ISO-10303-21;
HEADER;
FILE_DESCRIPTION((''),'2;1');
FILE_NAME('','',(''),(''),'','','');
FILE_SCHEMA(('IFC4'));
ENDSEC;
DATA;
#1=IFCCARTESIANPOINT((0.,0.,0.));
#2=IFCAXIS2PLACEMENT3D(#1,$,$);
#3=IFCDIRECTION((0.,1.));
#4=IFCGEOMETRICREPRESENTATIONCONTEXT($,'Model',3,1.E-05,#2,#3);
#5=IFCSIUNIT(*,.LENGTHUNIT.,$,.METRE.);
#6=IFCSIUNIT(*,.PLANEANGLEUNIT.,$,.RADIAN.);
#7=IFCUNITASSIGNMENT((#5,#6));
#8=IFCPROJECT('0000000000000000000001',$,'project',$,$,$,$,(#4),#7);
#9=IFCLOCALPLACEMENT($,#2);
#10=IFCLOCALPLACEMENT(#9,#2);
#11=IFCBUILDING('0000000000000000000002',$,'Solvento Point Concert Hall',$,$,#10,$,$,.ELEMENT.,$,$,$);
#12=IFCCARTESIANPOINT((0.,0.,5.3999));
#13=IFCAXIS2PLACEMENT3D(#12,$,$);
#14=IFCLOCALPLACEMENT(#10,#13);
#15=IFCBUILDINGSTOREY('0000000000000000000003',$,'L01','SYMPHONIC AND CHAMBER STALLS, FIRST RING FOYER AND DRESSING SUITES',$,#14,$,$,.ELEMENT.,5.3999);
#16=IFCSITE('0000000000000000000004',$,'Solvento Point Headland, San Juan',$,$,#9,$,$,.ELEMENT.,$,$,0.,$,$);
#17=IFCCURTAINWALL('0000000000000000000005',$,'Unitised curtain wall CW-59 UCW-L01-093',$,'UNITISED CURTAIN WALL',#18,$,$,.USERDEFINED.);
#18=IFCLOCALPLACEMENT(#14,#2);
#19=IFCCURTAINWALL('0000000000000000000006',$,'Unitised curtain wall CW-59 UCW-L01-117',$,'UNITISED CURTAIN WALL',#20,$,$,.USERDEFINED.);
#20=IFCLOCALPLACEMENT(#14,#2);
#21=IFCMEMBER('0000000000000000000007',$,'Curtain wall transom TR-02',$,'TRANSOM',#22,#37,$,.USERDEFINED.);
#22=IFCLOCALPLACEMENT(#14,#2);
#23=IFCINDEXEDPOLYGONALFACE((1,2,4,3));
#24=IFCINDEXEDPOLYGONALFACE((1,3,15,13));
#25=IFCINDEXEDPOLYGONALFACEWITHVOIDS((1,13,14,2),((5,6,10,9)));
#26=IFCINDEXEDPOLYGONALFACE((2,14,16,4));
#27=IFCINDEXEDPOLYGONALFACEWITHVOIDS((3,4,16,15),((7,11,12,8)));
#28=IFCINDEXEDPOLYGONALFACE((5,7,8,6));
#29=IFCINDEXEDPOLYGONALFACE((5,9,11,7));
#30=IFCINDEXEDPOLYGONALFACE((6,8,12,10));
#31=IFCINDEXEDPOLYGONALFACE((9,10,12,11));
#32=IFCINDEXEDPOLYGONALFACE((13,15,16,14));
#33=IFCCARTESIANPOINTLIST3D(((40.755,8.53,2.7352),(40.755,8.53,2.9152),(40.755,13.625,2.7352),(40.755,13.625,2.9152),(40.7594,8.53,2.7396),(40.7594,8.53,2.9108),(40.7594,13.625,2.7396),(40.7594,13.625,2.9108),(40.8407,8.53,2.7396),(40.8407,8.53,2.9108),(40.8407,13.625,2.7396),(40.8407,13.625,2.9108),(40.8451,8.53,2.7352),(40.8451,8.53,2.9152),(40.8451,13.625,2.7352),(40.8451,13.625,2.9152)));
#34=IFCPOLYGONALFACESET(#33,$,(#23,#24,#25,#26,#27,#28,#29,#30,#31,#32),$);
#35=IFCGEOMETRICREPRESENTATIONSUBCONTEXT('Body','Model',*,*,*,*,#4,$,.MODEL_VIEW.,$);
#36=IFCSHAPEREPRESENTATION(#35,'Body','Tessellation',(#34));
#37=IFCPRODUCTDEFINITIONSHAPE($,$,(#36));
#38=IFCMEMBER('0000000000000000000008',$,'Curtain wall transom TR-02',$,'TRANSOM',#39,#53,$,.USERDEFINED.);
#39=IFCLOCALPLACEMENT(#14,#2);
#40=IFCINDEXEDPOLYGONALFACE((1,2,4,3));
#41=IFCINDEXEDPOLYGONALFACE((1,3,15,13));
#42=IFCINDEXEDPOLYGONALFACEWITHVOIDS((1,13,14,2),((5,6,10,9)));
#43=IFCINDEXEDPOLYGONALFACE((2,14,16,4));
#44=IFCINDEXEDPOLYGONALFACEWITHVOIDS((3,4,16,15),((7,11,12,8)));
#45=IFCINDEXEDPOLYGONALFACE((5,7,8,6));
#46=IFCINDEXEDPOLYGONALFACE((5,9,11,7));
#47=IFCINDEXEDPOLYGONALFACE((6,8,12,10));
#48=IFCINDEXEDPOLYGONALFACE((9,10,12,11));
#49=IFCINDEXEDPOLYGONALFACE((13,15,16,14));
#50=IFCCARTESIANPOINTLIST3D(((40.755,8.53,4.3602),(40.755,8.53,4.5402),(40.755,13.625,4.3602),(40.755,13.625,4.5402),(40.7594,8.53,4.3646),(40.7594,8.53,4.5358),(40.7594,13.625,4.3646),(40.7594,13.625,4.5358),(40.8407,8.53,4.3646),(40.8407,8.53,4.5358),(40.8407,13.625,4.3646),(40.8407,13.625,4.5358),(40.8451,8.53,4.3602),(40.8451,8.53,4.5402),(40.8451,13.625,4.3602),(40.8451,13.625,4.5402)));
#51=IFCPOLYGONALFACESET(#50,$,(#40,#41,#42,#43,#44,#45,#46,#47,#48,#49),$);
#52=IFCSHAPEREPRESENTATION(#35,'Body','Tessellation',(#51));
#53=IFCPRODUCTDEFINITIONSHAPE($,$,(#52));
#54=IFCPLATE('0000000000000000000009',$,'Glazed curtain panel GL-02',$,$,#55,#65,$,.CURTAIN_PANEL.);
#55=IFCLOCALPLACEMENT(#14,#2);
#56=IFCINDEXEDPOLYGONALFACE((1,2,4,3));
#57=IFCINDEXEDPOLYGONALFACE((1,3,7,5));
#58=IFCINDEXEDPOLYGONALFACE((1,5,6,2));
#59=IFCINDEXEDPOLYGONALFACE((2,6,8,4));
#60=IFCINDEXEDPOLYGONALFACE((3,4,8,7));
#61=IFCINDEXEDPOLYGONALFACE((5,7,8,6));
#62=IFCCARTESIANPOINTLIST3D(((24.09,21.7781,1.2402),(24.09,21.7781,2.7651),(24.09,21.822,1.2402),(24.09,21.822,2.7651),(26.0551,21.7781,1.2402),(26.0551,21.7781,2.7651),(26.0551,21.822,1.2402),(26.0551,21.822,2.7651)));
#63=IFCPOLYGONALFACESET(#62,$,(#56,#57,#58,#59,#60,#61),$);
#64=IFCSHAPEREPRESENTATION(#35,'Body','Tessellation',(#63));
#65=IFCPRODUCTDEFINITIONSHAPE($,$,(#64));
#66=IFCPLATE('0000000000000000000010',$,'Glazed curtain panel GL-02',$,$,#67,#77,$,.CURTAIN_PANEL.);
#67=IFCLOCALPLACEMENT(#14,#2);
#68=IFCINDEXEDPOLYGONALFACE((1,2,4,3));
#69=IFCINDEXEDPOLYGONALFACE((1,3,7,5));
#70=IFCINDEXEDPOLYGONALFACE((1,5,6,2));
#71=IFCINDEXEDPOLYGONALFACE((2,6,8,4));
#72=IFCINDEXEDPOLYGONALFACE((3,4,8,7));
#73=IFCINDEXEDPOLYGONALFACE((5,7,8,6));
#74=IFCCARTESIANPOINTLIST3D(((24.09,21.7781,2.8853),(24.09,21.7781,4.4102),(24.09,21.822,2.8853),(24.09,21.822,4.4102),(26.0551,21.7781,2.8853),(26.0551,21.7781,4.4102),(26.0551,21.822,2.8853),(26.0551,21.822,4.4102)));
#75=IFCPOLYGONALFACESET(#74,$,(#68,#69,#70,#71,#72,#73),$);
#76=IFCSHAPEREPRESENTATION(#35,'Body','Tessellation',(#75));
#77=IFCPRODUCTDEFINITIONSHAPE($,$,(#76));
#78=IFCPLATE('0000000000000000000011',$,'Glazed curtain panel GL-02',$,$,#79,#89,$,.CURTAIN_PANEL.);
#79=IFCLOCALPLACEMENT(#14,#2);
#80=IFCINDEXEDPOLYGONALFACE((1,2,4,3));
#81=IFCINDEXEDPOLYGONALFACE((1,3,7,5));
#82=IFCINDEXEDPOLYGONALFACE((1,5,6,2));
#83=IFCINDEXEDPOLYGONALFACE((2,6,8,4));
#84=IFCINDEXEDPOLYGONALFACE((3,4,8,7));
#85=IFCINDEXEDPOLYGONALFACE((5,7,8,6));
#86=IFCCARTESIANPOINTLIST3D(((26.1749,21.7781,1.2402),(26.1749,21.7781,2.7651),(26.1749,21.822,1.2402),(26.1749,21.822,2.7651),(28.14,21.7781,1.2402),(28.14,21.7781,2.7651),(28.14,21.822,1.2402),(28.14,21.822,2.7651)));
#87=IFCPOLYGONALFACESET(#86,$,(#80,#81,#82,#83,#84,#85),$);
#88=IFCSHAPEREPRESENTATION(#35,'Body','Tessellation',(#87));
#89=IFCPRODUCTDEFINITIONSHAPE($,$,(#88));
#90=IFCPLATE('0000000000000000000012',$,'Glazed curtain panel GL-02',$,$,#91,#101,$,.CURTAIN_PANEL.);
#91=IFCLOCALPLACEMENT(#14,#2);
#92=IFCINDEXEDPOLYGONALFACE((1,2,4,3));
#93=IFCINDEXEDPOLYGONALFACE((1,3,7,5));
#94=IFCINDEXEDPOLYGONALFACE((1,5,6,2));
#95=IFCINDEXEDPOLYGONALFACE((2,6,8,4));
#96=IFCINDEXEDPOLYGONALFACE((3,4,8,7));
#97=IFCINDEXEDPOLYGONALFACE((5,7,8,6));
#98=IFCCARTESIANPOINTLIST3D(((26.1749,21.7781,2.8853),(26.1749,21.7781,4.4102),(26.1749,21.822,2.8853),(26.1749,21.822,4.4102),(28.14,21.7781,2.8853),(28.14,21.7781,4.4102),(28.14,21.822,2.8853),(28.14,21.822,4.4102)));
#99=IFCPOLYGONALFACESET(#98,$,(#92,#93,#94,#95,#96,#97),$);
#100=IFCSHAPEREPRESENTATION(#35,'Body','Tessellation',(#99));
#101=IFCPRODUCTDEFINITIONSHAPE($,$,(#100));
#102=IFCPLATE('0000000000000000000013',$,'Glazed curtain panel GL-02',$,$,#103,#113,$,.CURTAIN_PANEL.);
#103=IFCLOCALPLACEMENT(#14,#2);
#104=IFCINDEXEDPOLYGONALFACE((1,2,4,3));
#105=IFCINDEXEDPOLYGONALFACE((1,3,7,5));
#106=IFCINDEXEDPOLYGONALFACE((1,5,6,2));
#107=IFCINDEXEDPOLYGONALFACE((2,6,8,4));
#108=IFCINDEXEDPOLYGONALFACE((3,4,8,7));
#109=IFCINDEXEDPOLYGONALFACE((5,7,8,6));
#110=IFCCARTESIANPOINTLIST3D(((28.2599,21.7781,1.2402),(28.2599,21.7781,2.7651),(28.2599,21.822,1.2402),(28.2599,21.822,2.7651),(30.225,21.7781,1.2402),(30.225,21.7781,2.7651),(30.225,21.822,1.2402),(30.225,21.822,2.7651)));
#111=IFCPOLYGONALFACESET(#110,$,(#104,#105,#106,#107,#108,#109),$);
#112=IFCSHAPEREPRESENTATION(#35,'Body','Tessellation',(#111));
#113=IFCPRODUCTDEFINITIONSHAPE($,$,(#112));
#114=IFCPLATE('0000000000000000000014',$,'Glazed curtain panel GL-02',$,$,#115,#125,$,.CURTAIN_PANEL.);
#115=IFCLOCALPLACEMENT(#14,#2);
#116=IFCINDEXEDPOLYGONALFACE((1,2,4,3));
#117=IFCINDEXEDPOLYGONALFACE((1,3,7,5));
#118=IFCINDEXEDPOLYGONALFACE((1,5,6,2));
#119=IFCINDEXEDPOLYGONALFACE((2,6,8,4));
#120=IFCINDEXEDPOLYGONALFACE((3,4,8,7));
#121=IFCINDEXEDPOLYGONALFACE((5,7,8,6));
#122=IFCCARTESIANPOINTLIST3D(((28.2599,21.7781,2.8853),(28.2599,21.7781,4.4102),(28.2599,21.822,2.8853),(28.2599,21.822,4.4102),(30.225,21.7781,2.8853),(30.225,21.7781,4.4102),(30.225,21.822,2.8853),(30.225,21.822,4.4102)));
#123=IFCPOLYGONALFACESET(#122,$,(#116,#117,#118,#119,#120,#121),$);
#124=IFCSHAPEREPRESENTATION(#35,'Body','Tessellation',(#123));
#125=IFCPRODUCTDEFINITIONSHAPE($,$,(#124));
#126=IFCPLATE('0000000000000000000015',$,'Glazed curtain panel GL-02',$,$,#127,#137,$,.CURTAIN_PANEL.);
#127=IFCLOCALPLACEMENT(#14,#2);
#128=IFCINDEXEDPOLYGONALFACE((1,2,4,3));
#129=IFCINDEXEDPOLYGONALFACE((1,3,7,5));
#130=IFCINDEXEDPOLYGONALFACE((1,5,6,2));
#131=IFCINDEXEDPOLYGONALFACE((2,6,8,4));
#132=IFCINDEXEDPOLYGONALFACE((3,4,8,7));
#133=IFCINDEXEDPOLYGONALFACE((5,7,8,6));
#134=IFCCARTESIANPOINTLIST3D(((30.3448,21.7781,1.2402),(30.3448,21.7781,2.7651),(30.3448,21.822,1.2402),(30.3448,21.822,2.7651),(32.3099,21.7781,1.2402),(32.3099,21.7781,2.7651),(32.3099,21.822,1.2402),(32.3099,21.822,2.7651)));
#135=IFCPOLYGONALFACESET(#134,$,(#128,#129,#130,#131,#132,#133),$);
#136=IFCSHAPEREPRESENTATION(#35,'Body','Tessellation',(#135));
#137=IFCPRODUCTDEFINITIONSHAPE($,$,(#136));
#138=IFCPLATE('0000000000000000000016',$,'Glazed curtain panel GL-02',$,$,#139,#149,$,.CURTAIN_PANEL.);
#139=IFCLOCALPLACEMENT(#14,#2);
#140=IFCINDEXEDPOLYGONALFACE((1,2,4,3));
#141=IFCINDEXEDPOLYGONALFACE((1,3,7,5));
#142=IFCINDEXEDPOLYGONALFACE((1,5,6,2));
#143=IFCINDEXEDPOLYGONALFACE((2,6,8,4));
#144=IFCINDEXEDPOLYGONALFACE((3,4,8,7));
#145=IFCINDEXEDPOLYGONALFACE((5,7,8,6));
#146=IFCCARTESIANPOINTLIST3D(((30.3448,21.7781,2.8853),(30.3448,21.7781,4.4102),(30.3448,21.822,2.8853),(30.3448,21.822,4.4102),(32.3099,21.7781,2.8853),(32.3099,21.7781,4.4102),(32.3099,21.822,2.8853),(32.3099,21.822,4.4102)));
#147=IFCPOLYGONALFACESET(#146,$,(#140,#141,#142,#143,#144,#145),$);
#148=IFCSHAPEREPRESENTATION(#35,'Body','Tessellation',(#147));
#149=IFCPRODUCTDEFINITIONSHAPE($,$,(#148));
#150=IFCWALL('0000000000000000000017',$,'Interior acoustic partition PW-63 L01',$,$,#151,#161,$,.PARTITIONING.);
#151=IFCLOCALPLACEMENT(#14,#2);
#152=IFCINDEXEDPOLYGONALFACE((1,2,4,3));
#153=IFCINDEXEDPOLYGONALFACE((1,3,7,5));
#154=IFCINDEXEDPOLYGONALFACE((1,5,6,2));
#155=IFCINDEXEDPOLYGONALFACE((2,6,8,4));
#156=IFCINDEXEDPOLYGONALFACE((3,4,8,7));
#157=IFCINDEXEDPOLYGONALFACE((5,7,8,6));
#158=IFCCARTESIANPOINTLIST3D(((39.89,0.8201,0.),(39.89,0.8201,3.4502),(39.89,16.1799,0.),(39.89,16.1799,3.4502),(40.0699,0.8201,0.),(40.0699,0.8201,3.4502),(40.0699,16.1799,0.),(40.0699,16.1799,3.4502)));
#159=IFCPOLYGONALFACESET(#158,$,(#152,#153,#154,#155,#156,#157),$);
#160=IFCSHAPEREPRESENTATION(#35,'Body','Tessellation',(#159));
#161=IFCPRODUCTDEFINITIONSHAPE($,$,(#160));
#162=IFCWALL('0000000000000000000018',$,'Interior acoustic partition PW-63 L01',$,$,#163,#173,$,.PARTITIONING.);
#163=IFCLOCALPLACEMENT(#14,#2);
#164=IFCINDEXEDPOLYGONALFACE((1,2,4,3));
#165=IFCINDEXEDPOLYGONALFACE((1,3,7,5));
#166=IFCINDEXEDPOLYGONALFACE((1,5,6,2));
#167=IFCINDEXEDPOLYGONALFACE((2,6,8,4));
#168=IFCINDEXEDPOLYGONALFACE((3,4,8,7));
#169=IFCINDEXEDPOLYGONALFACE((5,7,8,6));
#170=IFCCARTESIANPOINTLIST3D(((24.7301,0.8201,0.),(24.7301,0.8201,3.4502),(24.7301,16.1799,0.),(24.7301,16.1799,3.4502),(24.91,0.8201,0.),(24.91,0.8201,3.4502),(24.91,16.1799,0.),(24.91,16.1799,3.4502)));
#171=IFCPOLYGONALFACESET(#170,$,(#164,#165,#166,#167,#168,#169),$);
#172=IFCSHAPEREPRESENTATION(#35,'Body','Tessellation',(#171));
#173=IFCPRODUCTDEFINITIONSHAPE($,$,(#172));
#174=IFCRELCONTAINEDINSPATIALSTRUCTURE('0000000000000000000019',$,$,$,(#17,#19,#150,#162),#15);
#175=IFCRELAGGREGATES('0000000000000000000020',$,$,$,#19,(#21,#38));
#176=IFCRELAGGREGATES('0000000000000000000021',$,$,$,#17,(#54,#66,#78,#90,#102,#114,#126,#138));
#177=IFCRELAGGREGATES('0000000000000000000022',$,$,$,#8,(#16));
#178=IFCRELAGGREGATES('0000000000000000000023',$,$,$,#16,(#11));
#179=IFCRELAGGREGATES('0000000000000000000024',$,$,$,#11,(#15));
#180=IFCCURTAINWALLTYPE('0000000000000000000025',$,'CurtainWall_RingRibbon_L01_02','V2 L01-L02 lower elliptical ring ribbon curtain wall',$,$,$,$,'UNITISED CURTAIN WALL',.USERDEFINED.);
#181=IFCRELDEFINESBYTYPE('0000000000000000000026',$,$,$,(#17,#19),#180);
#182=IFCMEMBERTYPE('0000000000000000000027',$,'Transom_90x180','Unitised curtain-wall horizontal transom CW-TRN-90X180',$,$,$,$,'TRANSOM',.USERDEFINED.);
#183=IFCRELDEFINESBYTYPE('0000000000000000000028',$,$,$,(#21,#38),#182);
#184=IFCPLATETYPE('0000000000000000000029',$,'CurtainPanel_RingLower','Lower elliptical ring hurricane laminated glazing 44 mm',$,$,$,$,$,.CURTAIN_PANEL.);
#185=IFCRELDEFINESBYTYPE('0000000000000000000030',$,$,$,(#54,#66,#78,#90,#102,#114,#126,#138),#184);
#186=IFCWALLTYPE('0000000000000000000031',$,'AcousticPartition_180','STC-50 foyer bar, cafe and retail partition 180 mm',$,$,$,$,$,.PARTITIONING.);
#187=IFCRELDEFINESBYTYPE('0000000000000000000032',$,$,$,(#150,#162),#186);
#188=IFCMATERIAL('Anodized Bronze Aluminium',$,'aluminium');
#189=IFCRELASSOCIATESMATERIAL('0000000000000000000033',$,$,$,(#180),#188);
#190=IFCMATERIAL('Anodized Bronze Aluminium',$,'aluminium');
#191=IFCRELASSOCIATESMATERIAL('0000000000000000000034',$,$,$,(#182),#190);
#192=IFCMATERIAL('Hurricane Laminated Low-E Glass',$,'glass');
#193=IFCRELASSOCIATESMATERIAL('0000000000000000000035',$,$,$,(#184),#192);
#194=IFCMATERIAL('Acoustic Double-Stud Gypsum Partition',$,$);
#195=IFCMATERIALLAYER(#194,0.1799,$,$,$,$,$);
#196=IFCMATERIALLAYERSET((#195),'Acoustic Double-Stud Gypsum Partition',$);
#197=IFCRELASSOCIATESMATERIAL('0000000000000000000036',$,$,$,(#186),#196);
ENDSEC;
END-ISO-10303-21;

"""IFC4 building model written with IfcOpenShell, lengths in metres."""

from ifc_helpers import new_model, si_unit, direction, frame, frame_2d, origin, origin_2d, place, context, subcontext, project, spatial, rectangle, hollow_rectangle, extrude, material, layer, layer_set, material_profile, profile_set, type_object, element, aggregate, save


model = new_model("IFC4")

# Units and contexts
model_context = context("Model", 3, precision=1e-05, world=origin(), true_north=direction((0.0, 1.0)))
body_context = subcontext(model_context, "Body", "Model", "MODEL_VIEW")
ifc_project = project(units=[si_unit("LENGTHUNIT", "METRE"), si_unit("PLANEANGLEUNIT", "RADIAN")], contexts=[model_context])

# Site, building, storey
site_placement = place(None, origin())
site = spatial("IfcSite", under=ifc_project, at=site_placement, Name="Solvento Point Headland, San Juan", CompositionType="ELEMENT", RefElevation=0.0)
building_placement = place(site_placement, origin())
building = spatial("IfcBuilding", under=site, at=building_placement, Name="Solvento Point Concert Hall", CompositionType="ELEMENT")
storey_placement = place(building_placement, frame((0.0, 0.0, 5.3999)))
storey = spatial("IfcBuildingStorey", under=building, at=storey_placement, Name="L01", Description="SYMPHONIC AND CHAMBER STALLS, FIRST RING FOYER AND DRESSING SUITES", CompositionType="ELEMENT", Elevation=5.3999)

# Curtain wall
ifc_material_1 = material(Name="Anodized Bronze Aluminium", Category="aluminium")
curtain_wall_type = type_object("IfcCurtainWallType", Name="CurtainWall_RingRibbon_L01_02", Description="V2 L01-L02 lower elliptical ring ribbon curtain wall", ElementType="UNITISED CURTAIN WALL", PredefinedType="USERDEFINED", material=ifc_material_1)
curtain_wall_1_placement = place(storey_placement, origin())
curtain_wall_1 = element("IfcCurtainWall", 1, at=curtain_wall_1_placement, inside=storey, type_object=curtain_wall_type, Name="Unitised curtain wall CW-59 UCW-L01-093", ObjectType="UNITISED CURTAIN WALL", PredefinedType="USERDEFINED")

# Curtain wall
curtain_wall_2_placement = place(storey_placement, origin())
curtain_wall_2 = element("IfcCurtainWall", 2, at=curtain_wall_2_placement, inside=storey, type_object=curtain_wall_type, Name="Unitised curtain wall CW-59 UCW-L01-117", ObjectType="UNITISED CURTAIN WALL", PredefinedType="USERDEFINED")

# Members
ifc_material_2 = material(Name="Anodized Bronze Aluminium", Category="aluminium")
ifc_material_profile_1 = material_profile(ifc_material_2, hollow_rectangle(XDim=0.0901, YDim=0.1799, WallThickness=0.0044, at=origin_2d()), Name="CW-TRN-90X180")
ifc_profile_set_1 = profile_set([ifc_material_profile_1], Name="Anodized Bronze Aluminium")
member_type_1 = type_object("IfcMemberType", Name="Transom_90x180", Description="Unitised curtain-wall horizontal transom CW-TRN-90X180", ElementType="TRANSOM", PredefinedType="USERDEFINED", material=ifc_profile_set_1)
member_1_placement = place(storey_placement, frame((40.8, 8.53, 2.8252), z_axis=(0.0, 1.0, 0.0), x_axis=(-1.0, 0.0, 0.0)))
member_1 = element("IfcMember", 3, at=member_1_placement, type_object=member_type_1, Name="Curtain wall transom TR-02", ObjectType="TRANSOM", PredefinedType="USERDEFINED", context=body_context, shape_type="SweptSolid", body=[
    extrude(hollow_rectangle(XDim=0.0901, YDim=0.1799, WallThickness=0.0044, at=origin_2d()), origin(), (0.0, 0.0, 1.0), 5.095),
])
member_2_placement = place(storey_placement, frame((40.8, 8.53, 4.4502), z_axis=(0.0, 1.0, 0.0), x_axis=(-1.0, 0.0, 0.0)))
member_2 = element("IfcMember", 4, at=member_2_placement, type_object=member_type_1, Name="Curtain wall transom TR-02", ObjectType="TRANSOM", PredefinedType="USERDEFINED", context=body_context, shape_type="SweptSolid", body=[
    extrude(hollow_rectangle(XDim=0.0901, YDim=0.1799, WallThickness=0.0044, at=origin_2d()), origin(), (0.0, 0.0, 1.0), 5.095),
])
aggregate(curtain_wall_2, [member_1, member_2])

# Plates
ifc_material_3 = material(Name="Hurricane Laminated Low-E Glass", Category="glass")
plate_type = type_object("IfcPlateType", Name="CurtainPanel_RingLower", Description="Lower elliptical ring hurricane laminated glazing 44 mm", PredefinedType="CURTAIN_PANEL", material=ifc_material_3)
plate_1_placement = place(storey_placement, frame((25.0725, 21.8, 1.2402), z_axis=(0.0, 0.0, 1.0), x_axis=(1.0, 0.0, 0.0)))
plate_1 = element("IfcPlate", 5, at=plate_1_placement, type_object=plate_type, Name="Glazed curtain panel GL-02", PredefinedType="CURTAIN_PANEL", context=body_context, shape_type="SweptSolid", body=[
    extrude(rectangle(XDim=1.9651, YDim=0.0439, at=origin_2d()), origin(), (0.0, 0.0, 1.0), 1.5249),
])
plate_2_placement = place(storey_placement, frame((25.0725, 21.8, 2.8853), z_axis=(0.0, 0.0, 1.0), x_axis=(1.0, 0.0, 0.0)))
plate_2 = element("IfcPlate", 6, at=plate_2_placement, type_object=plate_type, Name="Glazed curtain panel GL-02", PredefinedType="CURTAIN_PANEL", context=body_context, shape_type="SweptSolid", body=[
    extrude(rectangle(XDim=1.9651, YDim=0.0439, at=origin_2d()), origin(), (0.0, 0.0, 1.0), 1.5249),
])
plate_3_placement = place(storey_placement, frame((27.1575, 21.8, 1.2402), z_axis=(0.0, 0.0, 1.0), x_axis=(1.0, 0.0, 0.0)))
plate_3 = element("IfcPlate", 7, at=plate_3_placement, type_object=plate_type, Name="Glazed curtain panel GL-02", PredefinedType="CURTAIN_PANEL", context=body_context, shape_type="SweptSolid", body=[
    extrude(rectangle(XDim=1.9651, YDim=0.0439, at=origin_2d()), origin(), (0.0, 0.0, 1.0), 1.5249),
])
plate_4_placement = place(storey_placement, frame((27.1575, 21.8, 2.8853), z_axis=(0.0, 0.0, 1.0), x_axis=(1.0, 0.0, 0.0)))
plate_4 = element("IfcPlate", 8, at=plate_4_placement, type_object=plate_type, Name="Glazed curtain panel GL-02", PredefinedType="CURTAIN_PANEL", context=body_context, shape_type="SweptSolid", body=[
    extrude(rectangle(XDim=1.9651, YDim=0.0439, at=origin_2d()), origin(), (0.0, 0.0, 1.0), 1.5249),
])
plate_5_placement = place(storey_placement, frame((29.2424, 21.8, 1.2402), z_axis=(0.0, 0.0, 1.0), x_axis=(1.0, 0.0, 0.0)))
plate_5 = element("IfcPlate", 9, at=plate_5_placement, type_object=plate_type, Name="Glazed curtain panel GL-02", PredefinedType="CURTAIN_PANEL", context=body_context, shape_type="SweptSolid", body=[
    extrude(rectangle(XDim=1.9651, YDim=0.0439, at=origin_2d()), origin(), (0.0, 0.0, 1.0), 1.5249),
])
plate_6_placement = place(storey_placement, frame((29.2424, 21.8, 2.8853), z_axis=(0.0, 0.0, 1.0), x_axis=(1.0, 0.0, 0.0)))
plate_6 = element("IfcPlate", 10, at=plate_6_placement, type_object=plate_type, Name="Glazed curtain panel GL-02", PredefinedType="CURTAIN_PANEL", context=body_context, shape_type="SweptSolid", body=[
    extrude(rectangle(XDim=1.9651, YDim=0.0439, at=origin_2d()), origin(), (0.0, 0.0, 1.0), 1.5249),
])
plate_7_placement = place(storey_placement, frame((31.3274, 21.8, 1.2402), z_axis=(0.0, 0.0, 1.0), x_axis=(1.0, 0.0, 0.0)))
plate_7 = element("IfcPlate", 11, at=plate_7_placement, type_object=plate_type, Name="Glazed curtain panel GL-02", PredefinedType="CURTAIN_PANEL", context=body_context, shape_type="SweptSolid", body=[
    extrude(rectangle(XDim=1.9651, YDim=0.0439, at=origin_2d()), origin(), (0.0, 0.0, 1.0), 1.5249),
])
plate_8_placement = place(storey_placement, frame((31.3274, 21.8, 2.8853), z_axis=(0.0, 0.0, 1.0), x_axis=(1.0, 0.0, 0.0)))
plate_8 = element("IfcPlate", 12, at=plate_8_placement, type_object=plate_type, Name="Glazed curtain panel GL-02", PredefinedType="CURTAIN_PANEL", context=body_context, shape_type="SweptSolid", body=[
    extrude(rectangle(XDim=1.9651, YDim=0.0439, at=origin_2d()), origin(), (0.0, 0.0, 1.0), 1.5249),
])
aggregate(curtain_wall_1, [plate_1, plate_2, plate_3, plate_4, plate_5, plate_6, plate_7, plate_8])

# Walls
ifc_material_4 = material(Name="Acoustic Double-Stud Gypsum Partition")
ifc_layer_1 = layer(ifc_material_4, 0.1799)
ifc_layer_set_1 = layer_set([ifc_layer_1], Name="Acoustic Double-Stud Gypsum Partition")
wall_type_1 = type_object("IfcWallType", Name="AcousticPartition_180", Description="STC-50 foyer bar, cafe and retail partition 180 mm", PredefinedType="PARTITIONING", material=ifc_layer_set_1)
for number, where, z_axis, x_axis, name in (
    (13, (39.98, 16.1799, 0.0), (0.0, 0.0, 1.0), (0.0, -1.0, 0.0), "Interior acoustic partition PW-63 L01"),
    (14, (24.8201, 0.8201, 0.0), (0.0, 0.0, 1.0), (0.0, 1.0, 0.0), "Interior acoustic partition PW-63 L01"),
):
    element("IfcWall", number, at=place(storey_placement, frame(where, z_axis=z_axis, x_axis=x_axis)), inside=storey, type_object=wall_type_1, Name=name, PredefinedType="PARTITIONING", context=body_context, shape_type="SweptSolid", body=[
        extrude(rectangle(XDim=15.3599, YDim=0.1799, at=frame_2d((7.6799, 0.0))), origin(), (0.0, 0.0, 1.0), 3.4502),
    ])

save(model, "model.ifc")
